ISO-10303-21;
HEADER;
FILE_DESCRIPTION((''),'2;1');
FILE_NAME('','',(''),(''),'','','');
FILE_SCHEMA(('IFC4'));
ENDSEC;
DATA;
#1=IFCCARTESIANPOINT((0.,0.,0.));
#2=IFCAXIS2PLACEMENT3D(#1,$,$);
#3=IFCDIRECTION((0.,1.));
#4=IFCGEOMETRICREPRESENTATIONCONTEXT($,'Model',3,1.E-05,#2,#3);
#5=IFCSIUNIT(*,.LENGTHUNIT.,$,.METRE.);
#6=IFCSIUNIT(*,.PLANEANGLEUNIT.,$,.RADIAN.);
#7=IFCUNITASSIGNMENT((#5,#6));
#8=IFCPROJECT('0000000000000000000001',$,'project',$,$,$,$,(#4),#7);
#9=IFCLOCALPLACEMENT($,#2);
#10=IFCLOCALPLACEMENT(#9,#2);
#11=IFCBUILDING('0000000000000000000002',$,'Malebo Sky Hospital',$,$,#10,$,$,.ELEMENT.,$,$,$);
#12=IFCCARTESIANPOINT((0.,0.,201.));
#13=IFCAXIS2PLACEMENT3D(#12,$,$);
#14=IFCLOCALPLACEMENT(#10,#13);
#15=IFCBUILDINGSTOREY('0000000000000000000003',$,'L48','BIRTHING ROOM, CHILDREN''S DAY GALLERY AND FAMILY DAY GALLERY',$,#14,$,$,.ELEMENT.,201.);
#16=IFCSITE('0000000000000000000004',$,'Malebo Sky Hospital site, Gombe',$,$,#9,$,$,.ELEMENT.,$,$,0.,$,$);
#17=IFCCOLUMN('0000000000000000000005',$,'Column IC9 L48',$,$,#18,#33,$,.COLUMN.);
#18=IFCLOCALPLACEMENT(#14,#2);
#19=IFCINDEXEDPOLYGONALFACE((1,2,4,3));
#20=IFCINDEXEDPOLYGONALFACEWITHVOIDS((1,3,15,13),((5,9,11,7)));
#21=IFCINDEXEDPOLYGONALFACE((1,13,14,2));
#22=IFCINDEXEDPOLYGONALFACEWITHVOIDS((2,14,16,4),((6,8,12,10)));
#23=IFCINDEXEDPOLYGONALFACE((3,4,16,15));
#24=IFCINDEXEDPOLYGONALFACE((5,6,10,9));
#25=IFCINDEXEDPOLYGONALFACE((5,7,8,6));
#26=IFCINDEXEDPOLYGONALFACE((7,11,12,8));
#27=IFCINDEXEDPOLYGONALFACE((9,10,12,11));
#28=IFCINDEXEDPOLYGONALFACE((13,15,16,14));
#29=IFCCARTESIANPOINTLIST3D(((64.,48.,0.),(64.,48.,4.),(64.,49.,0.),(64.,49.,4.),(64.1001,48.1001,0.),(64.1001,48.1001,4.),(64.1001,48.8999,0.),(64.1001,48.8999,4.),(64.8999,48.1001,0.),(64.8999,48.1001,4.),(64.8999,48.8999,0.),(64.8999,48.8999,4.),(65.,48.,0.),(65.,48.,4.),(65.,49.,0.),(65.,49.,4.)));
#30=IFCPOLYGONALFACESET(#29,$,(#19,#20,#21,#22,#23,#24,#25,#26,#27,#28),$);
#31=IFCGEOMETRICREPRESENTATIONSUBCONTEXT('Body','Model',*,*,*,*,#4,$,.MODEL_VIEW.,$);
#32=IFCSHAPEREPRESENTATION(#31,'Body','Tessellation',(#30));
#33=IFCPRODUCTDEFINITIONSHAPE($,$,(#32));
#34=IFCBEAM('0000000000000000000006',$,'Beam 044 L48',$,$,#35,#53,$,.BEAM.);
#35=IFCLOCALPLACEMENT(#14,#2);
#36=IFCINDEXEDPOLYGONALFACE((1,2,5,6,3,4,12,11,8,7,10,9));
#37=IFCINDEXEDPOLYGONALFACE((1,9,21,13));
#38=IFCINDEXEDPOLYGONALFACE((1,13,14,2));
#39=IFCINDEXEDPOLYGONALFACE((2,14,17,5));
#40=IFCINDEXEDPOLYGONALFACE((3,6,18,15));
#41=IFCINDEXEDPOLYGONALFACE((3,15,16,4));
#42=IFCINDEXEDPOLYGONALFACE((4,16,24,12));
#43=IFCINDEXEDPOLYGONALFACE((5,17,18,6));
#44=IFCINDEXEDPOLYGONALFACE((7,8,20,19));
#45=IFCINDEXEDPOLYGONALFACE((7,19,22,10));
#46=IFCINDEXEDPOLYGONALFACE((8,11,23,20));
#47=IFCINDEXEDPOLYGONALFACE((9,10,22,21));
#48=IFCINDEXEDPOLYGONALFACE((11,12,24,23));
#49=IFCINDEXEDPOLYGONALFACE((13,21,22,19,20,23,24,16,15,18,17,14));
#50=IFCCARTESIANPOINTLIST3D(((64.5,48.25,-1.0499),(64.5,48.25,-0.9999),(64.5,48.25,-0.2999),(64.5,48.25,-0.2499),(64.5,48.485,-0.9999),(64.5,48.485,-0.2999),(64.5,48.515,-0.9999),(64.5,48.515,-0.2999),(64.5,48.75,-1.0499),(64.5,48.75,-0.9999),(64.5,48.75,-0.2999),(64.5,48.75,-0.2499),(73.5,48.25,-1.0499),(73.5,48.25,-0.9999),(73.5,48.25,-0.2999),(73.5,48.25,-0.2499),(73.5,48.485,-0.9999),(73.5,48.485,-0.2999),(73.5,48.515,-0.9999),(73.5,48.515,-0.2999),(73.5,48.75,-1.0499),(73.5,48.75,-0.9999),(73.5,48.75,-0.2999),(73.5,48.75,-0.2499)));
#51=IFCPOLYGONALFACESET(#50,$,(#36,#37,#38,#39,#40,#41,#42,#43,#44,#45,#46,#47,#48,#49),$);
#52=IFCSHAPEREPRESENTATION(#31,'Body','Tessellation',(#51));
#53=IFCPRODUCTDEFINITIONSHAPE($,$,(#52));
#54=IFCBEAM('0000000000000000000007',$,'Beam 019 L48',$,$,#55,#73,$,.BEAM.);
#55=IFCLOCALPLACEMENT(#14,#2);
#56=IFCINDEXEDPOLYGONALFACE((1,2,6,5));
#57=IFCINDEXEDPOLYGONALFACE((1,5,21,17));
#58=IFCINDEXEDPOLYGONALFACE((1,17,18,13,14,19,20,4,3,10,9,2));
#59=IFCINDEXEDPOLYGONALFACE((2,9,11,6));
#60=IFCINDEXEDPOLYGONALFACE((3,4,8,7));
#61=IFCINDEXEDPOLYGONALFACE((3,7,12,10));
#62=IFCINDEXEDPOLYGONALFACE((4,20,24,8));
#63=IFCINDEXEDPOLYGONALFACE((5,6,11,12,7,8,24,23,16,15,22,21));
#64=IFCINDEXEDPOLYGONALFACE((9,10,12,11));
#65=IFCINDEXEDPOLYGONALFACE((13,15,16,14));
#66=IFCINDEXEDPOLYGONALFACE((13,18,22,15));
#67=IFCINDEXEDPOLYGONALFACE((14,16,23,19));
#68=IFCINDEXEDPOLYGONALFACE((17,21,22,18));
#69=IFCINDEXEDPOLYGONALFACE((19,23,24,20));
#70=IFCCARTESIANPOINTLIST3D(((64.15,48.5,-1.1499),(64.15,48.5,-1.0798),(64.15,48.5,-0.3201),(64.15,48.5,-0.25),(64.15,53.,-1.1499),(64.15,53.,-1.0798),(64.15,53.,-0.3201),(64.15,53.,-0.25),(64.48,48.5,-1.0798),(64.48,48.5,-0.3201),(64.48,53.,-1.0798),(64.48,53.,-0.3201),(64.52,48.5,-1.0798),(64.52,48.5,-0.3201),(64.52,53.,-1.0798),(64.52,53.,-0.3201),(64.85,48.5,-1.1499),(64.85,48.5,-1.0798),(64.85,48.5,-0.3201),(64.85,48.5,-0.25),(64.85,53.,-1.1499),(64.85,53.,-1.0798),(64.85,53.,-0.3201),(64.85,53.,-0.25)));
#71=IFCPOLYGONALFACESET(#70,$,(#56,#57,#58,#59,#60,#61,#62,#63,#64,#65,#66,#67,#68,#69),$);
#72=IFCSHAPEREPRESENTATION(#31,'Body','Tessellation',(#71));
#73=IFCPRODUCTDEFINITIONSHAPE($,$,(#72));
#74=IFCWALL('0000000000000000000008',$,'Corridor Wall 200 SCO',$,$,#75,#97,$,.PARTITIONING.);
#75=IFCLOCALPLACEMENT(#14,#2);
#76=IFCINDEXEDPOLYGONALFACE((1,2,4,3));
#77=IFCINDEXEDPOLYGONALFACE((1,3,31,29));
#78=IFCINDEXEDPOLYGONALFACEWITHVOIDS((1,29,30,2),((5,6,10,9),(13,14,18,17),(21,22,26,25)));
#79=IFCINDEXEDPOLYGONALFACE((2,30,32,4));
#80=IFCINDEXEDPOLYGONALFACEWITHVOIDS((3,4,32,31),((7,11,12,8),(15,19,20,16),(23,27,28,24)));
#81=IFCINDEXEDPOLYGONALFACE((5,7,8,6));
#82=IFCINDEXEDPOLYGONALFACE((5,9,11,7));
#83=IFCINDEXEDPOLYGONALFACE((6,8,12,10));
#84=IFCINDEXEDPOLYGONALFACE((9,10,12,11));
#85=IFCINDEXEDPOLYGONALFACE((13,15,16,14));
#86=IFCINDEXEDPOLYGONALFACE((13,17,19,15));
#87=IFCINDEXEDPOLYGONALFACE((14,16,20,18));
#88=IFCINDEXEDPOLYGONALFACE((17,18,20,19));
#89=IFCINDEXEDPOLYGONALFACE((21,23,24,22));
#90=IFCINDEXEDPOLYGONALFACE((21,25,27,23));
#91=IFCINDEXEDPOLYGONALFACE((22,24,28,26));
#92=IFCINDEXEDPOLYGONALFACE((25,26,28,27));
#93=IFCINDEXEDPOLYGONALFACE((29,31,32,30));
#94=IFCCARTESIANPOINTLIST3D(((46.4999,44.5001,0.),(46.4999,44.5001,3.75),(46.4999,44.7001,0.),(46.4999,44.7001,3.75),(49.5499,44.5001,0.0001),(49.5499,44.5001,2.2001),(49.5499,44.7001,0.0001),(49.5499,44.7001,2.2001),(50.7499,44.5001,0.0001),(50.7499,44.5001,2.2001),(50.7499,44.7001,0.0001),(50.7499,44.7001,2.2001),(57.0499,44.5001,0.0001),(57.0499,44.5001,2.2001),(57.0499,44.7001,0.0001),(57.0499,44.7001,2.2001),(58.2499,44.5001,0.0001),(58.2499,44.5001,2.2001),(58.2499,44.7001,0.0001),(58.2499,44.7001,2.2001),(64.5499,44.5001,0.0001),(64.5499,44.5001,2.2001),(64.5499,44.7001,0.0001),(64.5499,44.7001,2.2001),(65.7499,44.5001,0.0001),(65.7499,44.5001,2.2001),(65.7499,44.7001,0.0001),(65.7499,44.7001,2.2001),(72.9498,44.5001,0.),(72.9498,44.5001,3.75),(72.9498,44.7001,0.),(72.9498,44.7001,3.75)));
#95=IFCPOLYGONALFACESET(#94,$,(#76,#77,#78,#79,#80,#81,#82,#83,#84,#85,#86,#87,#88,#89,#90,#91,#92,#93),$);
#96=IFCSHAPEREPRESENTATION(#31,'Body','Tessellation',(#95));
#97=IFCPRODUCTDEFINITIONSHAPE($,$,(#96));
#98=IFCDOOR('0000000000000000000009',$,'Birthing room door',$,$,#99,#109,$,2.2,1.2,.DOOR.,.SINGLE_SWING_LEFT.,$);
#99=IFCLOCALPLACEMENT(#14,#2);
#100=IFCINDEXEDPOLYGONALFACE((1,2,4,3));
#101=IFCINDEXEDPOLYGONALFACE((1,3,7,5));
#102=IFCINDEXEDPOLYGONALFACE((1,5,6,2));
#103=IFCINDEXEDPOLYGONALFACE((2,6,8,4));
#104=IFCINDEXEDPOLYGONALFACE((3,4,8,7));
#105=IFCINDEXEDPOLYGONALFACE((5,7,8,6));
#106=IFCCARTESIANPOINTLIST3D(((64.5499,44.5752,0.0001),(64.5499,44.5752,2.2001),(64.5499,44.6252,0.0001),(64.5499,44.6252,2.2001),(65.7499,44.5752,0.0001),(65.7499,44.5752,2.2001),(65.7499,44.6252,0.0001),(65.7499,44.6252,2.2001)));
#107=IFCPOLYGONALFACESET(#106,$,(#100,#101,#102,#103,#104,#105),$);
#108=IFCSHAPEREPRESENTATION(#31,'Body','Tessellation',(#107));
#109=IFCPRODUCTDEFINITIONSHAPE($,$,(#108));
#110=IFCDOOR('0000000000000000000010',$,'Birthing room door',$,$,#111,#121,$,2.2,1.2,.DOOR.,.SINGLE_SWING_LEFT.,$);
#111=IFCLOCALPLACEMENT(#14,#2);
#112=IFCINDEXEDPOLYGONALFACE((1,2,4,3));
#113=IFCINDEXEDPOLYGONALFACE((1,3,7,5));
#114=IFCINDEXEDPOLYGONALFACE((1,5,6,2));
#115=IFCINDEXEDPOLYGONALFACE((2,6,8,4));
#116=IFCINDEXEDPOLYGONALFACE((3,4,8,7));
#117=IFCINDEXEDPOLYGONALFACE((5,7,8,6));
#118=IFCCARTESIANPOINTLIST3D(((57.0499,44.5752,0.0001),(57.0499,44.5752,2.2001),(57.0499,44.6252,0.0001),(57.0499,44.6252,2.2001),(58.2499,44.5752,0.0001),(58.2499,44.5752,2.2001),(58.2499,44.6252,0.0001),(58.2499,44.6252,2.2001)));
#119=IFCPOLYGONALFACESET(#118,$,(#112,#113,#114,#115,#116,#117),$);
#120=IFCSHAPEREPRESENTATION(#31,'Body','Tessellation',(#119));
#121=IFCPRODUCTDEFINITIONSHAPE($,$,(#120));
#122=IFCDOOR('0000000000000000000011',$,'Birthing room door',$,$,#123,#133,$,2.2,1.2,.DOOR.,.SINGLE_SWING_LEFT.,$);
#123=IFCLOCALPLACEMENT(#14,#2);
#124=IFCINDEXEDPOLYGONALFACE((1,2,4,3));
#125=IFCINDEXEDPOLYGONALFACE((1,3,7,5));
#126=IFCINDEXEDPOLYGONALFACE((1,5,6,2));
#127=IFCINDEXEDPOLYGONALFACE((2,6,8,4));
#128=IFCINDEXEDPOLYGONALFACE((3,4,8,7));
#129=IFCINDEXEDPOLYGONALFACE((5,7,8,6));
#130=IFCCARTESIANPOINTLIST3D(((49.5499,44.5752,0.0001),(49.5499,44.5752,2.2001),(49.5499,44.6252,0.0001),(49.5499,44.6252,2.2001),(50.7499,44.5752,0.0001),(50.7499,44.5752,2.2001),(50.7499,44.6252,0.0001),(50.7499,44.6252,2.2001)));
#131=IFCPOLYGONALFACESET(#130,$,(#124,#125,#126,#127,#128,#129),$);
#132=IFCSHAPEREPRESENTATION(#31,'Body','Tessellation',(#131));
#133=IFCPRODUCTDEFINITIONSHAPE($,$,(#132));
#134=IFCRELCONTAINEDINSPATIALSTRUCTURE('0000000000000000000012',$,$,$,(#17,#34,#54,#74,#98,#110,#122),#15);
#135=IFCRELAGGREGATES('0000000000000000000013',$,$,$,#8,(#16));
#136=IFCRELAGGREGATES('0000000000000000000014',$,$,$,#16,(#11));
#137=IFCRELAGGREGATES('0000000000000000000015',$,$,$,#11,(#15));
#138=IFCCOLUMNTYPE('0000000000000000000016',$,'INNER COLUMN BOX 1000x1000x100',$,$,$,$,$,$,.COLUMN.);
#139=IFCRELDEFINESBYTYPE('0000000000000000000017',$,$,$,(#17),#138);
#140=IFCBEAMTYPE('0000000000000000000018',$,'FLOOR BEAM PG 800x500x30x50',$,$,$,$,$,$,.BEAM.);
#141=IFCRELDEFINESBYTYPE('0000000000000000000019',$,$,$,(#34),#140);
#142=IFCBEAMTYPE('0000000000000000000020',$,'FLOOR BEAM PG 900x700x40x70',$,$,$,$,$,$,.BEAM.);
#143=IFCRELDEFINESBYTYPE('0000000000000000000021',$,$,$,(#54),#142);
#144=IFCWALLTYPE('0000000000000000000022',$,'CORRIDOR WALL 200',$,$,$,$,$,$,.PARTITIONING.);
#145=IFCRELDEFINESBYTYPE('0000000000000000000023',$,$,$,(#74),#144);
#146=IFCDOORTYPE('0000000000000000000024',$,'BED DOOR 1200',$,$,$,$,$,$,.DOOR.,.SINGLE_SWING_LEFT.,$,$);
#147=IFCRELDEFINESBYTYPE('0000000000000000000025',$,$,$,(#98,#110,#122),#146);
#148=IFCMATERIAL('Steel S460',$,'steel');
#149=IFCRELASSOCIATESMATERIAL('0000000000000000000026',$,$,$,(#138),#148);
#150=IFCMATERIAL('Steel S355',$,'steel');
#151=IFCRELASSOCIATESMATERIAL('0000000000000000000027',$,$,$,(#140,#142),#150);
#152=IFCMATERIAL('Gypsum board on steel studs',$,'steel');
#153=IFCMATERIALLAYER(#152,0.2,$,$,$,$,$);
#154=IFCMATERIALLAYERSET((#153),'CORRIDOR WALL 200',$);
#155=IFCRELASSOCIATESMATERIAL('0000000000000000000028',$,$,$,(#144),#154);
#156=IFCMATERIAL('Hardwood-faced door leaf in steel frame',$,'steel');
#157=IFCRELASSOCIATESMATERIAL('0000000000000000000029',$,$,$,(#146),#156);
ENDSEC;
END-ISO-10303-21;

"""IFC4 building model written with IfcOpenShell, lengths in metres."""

from ifc_helpers import new_model, si_unit, direction, frame, frame_2d, origin, origin_2d, place, context, subcontext, project, spatial, rectangle, hollow_rectangle, i_section, extrude, material, layer, layer_set, material_profile, profile_set, type_object, element, fill, save


model = new_model("IFC4")

# Units and contexts
model_context = context("Model", 3, precision=1e-05, world=origin(), true_north=direction((0.0, 1.0)))
body_context = subcontext(model_context, "Body", "Model", "MODEL_VIEW")
ifc_project = project(units=[si_unit("LENGTHUNIT", "METRE"), si_unit("PLANEANGLEUNIT", "RADIAN")], contexts=[model_context])

# Site, building, storey
site_placement = place(None, origin())
site = spatial("IfcSite", under=ifc_project, at=site_placement, Name="Malebo Sky Hospital site, Gombe", CompositionType="ELEMENT", RefElevation=0.0)
building_placement = place(site_placement, origin())
building = spatial("IfcBuilding", under=site, at=building_placement, Name="Malebo Sky Hospital", CompositionType="ELEMENT")
storey_placement = place(building_placement, frame((0.0, 0.0, 201.0)))
storey = spatial("IfcBuildingStorey", under=building, at=storey_placement, Name="L48", Description="BIRTHING ROOM, CHILDREN'S DAY GALLERY AND FAMILY DAY GALLERY", CompositionType="ELEMENT", Elevation=201.0)

# Column
ifc_material_1 = material(Name="Steel S460", Category="steel")
ifc_material_profile_1 = material_profile(ifc_material_1, hollow_rectangle(XDim=1.0, YDim=1.0, WallThickness=0.1001, at=origin_2d()), Name="BOX 1000x1000x100")
ifc_profile_set_1 = profile_set([ifc_material_profile_1], Name="Steel S460")
column_type = type_object("IfcColumnType", Name="INNER COLUMN BOX 1000x1000x100", PredefinedType="COLUMN", material=ifc_profile_set_1)
column_placement = place(storey_placement, frame((64.5, 48.5, 0.0), z_axis=(0.0, 0.0, 1.0), x_axis=(1.0, 0.0, 0.0)))
element("IfcColumn", 1, at=column_placement, inside=storey, type_object=column_type, Name="Column IC9 L48", PredefinedType="COLUMN", context=body_context, shape_type="SweptSolid", body=[
    extrude(hollow_rectangle(XDim=1.0, YDim=1.0, WallThickness=0.1001, at=origin_2d()), origin(), (0.0, 0.0, 1.0), 4.0),
])

# Beams
ifc_material_2 = material(Name="Steel S355", Category="steel")
ifc_material_profile_2 = material_profile(ifc_material_2, i_section(OverallWidth=0.5, OverallDepth=0.8, WebThickness=0.03, FlangeThickness=0.05, at=origin_2d()), Name="PG 800x500x30x50")
ifc_profile_set_2 = profile_set([ifc_material_profile_2], Name="Steel S355")
beam_type_1 = type_object("IfcBeamType", Name="FLOOR BEAM PG 800x500x30x50", PredefinedType="BEAM", material=ifc_profile_set_2)
beam_1_placement = place(storey_placement, frame((64.5, 48.5, -0.6499), z_axis=(1.0, 0.0, 0.0), x_axis=(0.0, 1.0, 0.0)))
element("IfcBeam", 2, at=beam_1_placement, inside=storey, type_object=beam_type_1, Name="Beam 044 L48", PredefinedType="BEAM", context=body_context, shape_type="SweptSolid", body=[
    extrude(i_section(OverallWidth=0.5, OverallDepth=0.8, WebThickness=0.03, FlangeThickness=0.05, at=origin_2d()), origin(), (0.0, 0.0, 1.0), 9.0),
])
ifc_material_profile_3 = material_profile(ifc_material_2, i_section(OverallWidth=0.7, OverallDepth=0.8999, WebThickness=0.04, FlangeThickness=0.0701, at=origin_2d()), Name="PG 900x700x40x70")
ifc_profile_set_3 = profile_set([ifc_material_profile_3], Name="Steel S355")
beam_type_2 = type_object("IfcBeamType", Name="FLOOR BEAM PG 900x700x40x70", PredefinedType="BEAM", material=ifc_profile_set_3)
beam_2_placement = place(storey_placement, frame((64.5, 48.5, -0.7), z_axis=(0.0, 1.0, 0.0), x_axis=(-1.0, 0.0, 0.0)))
element("IfcBeam", 3, at=beam_2_placement, inside=storey, type_object=beam_type_2, Name="Beam 019 L48", PredefinedType="BEAM", context=body_context, shape_type="SweptSolid", body=[
    extrude(i_section(OverallWidth=0.7, OverallDepth=0.8999, WebThickness=0.04, FlangeThickness=0.0701, at=origin_2d()), origin(), (0.0, 0.0, 1.0), 4.5),
])

# Wall, openings, doors
ifc_material_3 = material(Name="Gypsum board on steel studs", Category="steel")
ifc_layer_1 = layer(ifc_material_3, 0.2)
ifc_layer_set_1 = layer_set([ifc_layer_1], Name="CORRIDOR WALL 200")
wall_type_1 = type_object("IfcWallType", Name="CORRIDOR WALL 200", PredefinedType="PARTITIONING", material=ifc_layer_set_1)
wall_1_placement = place(storey_placement, frame((72.95, 44.6001, 0.0), z_axis=(0.0, 0.0, 1.0), x_axis=(-1.0, 0.0, 0.0)))
wall_1 = element("IfcWall", 4, at=wall_1_placement, inside=storey, type_object=wall_type_1, Name="Corridor Wall 200 SCO", PredefinedType="PARTITIONING", context=body_context, shape_type="SweptSolid", body=[
    extrude(rectangle(XDim=26.45, YDim=0.2, at=frame_2d((13.2251, 0.0))), origin(), (0.0, 0.0, 1.0), 3.75),
])
opening_1_placement = place(wall_1_placement, frame((7.2, 0.0, 0.0)))
opening_1 = element("IfcOpeningElement", 5, at=opening_1_placement, cuts=wall_1, PredefinedType="OPENING", context=body_context, shape_type="SweptSolid", body=[
    extrude(rectangle(XDim=1.2, YDim=2.2, at=frame_2d((0.6001, 1.1001))), frame((0.0, 0.1099, 0.0), z_axis=(0.0, -1.0, 0.0), x_axis=(1.0, 0.0, 0.0)), (0.0, 0.0, 1.0), 0.22),
])
opening_2_placement = place(wall_1_placement, frame((14.7, 0.0, 0.0)))
opening_2 = element("IfcOpeningElement", 6, at=opening_2_placement, cuts=wall_1, PredefinedType="OPENING", context=body_context, shape_type="SweptSolid", body=[
    extrude(rectangle(XDim=1.2, YDim=2.2, at=frame_2d((0.6001, 1.1001))), frame((0.0, 0.1099, 0.0), z_axis=(0.0, -1.0, 0.0), x_axis=(1.0, 0.0, 0.0)), (0.0, 0.0, 1.0), 0.22),
])
opening_3_placement = place(wall_1_placement, frame((22.2, 0.0, 0.0)))
opening_3 = element("IfcOpeningElement", 7, at=opening_3_placement, cuts=wall_1, PredefinedType="OPENING", context=body_context, shape_type="SweptSolid", body=[
    extrude(rectangle(XDim=1.2, YDim=2.2, at=frame_2d((0.6001, 1.1001))), frame((0.0, 0.1099, 0.0), z_axis=(0.0, -1.0, 0.0), x_axis=(1.0, 0.0, 0.0)), (0.0, 0.0, 1.0), 0.22),
])
ifc_material_4 = material(Name="Hardwood-faced door leaf in steel frame", Category="steel")
door_type_1 = type_object("IfcDoorType", Name="BED DOOR 1200", OperationType="SINGLE_SWING_LEFT", PredefinedType="DOOR", material=ifc_material_4)
door_1_placement = place(opening_1_placement, origin())
door_1 = element("IfcDoor", 8, at=door_1_placement, inside=storey, type_object=door_type_1, Name="Birthing room door", OperationType="SINGLE_SWING_LEFT", OverallHeight=2.2, OverallWidth=1.2, PredefinedType="DOOR", context=body_context, shape_type="SweptSolid", body=[
    extrude(rectangle(XDim=1.2, YDim=2.2, at=frame_2d((0.6001, 1.1001))), frame((0.0, 0.0249, 0.0), z_axis=(0.0, -1.0, 0.0), x_axis=(1.0, 0.0, 0.0)), (0.0, 0.0, 1.0), 0.05),
])
fill(opening_1, door_1)
door_2_placement = place(opening_2_placement, origin())
door_2 = element("IfcDoor", 9, at=door_2_placement, inside=storey, type_object=door_type_1, Name="Birthing room door", OperationType="SINGLE_SWING_LEFT", OverallHeight=2.2, OverallWidth=1.2, PredefinedType="DOOR", context=body_context, shape_type="SweptSolid", body=[
    extrude(rectangle(XDim=1.2, YDim=2.2, at=frame_2d((0.6001, 1.1001))), frame((0.0, 0.0249, 0.0), z_axis=(0.0, -1.0, 0.0), x_axis=(1.0, 0.0, 0.0)), (0.0, 0.0, 1.0), 0.05),
])
fill(opening_2, door_2)
door_3_placement = place(opening_3_placement, origin())
door_3 = element("IfcDoor", 10, at=door_3_placement, inside=storey, type_object=door_type_1, Name="Birthing room door", OperationType="SINGLE_SWING_LEFT", OverallHeight=2.2, OverallWidth=1.2, PredefinedType="DOOR", context=body_context, shape_type="SweptSolid", body=[
    extrude(rectangle(XDim=1.2, YDim=2.2, at=frame_2d((0.6001, 1.1001))), frame((0.0, 0.0249, 0.0), z_axis=(0.0, -1.0, 0.0), x_axis=(1.0, 0.0, 0.0)), (0.0, 0.0, 1.0), 0.05),
])
fill(opening_3, door_3)

save(model, "model.ifc")
